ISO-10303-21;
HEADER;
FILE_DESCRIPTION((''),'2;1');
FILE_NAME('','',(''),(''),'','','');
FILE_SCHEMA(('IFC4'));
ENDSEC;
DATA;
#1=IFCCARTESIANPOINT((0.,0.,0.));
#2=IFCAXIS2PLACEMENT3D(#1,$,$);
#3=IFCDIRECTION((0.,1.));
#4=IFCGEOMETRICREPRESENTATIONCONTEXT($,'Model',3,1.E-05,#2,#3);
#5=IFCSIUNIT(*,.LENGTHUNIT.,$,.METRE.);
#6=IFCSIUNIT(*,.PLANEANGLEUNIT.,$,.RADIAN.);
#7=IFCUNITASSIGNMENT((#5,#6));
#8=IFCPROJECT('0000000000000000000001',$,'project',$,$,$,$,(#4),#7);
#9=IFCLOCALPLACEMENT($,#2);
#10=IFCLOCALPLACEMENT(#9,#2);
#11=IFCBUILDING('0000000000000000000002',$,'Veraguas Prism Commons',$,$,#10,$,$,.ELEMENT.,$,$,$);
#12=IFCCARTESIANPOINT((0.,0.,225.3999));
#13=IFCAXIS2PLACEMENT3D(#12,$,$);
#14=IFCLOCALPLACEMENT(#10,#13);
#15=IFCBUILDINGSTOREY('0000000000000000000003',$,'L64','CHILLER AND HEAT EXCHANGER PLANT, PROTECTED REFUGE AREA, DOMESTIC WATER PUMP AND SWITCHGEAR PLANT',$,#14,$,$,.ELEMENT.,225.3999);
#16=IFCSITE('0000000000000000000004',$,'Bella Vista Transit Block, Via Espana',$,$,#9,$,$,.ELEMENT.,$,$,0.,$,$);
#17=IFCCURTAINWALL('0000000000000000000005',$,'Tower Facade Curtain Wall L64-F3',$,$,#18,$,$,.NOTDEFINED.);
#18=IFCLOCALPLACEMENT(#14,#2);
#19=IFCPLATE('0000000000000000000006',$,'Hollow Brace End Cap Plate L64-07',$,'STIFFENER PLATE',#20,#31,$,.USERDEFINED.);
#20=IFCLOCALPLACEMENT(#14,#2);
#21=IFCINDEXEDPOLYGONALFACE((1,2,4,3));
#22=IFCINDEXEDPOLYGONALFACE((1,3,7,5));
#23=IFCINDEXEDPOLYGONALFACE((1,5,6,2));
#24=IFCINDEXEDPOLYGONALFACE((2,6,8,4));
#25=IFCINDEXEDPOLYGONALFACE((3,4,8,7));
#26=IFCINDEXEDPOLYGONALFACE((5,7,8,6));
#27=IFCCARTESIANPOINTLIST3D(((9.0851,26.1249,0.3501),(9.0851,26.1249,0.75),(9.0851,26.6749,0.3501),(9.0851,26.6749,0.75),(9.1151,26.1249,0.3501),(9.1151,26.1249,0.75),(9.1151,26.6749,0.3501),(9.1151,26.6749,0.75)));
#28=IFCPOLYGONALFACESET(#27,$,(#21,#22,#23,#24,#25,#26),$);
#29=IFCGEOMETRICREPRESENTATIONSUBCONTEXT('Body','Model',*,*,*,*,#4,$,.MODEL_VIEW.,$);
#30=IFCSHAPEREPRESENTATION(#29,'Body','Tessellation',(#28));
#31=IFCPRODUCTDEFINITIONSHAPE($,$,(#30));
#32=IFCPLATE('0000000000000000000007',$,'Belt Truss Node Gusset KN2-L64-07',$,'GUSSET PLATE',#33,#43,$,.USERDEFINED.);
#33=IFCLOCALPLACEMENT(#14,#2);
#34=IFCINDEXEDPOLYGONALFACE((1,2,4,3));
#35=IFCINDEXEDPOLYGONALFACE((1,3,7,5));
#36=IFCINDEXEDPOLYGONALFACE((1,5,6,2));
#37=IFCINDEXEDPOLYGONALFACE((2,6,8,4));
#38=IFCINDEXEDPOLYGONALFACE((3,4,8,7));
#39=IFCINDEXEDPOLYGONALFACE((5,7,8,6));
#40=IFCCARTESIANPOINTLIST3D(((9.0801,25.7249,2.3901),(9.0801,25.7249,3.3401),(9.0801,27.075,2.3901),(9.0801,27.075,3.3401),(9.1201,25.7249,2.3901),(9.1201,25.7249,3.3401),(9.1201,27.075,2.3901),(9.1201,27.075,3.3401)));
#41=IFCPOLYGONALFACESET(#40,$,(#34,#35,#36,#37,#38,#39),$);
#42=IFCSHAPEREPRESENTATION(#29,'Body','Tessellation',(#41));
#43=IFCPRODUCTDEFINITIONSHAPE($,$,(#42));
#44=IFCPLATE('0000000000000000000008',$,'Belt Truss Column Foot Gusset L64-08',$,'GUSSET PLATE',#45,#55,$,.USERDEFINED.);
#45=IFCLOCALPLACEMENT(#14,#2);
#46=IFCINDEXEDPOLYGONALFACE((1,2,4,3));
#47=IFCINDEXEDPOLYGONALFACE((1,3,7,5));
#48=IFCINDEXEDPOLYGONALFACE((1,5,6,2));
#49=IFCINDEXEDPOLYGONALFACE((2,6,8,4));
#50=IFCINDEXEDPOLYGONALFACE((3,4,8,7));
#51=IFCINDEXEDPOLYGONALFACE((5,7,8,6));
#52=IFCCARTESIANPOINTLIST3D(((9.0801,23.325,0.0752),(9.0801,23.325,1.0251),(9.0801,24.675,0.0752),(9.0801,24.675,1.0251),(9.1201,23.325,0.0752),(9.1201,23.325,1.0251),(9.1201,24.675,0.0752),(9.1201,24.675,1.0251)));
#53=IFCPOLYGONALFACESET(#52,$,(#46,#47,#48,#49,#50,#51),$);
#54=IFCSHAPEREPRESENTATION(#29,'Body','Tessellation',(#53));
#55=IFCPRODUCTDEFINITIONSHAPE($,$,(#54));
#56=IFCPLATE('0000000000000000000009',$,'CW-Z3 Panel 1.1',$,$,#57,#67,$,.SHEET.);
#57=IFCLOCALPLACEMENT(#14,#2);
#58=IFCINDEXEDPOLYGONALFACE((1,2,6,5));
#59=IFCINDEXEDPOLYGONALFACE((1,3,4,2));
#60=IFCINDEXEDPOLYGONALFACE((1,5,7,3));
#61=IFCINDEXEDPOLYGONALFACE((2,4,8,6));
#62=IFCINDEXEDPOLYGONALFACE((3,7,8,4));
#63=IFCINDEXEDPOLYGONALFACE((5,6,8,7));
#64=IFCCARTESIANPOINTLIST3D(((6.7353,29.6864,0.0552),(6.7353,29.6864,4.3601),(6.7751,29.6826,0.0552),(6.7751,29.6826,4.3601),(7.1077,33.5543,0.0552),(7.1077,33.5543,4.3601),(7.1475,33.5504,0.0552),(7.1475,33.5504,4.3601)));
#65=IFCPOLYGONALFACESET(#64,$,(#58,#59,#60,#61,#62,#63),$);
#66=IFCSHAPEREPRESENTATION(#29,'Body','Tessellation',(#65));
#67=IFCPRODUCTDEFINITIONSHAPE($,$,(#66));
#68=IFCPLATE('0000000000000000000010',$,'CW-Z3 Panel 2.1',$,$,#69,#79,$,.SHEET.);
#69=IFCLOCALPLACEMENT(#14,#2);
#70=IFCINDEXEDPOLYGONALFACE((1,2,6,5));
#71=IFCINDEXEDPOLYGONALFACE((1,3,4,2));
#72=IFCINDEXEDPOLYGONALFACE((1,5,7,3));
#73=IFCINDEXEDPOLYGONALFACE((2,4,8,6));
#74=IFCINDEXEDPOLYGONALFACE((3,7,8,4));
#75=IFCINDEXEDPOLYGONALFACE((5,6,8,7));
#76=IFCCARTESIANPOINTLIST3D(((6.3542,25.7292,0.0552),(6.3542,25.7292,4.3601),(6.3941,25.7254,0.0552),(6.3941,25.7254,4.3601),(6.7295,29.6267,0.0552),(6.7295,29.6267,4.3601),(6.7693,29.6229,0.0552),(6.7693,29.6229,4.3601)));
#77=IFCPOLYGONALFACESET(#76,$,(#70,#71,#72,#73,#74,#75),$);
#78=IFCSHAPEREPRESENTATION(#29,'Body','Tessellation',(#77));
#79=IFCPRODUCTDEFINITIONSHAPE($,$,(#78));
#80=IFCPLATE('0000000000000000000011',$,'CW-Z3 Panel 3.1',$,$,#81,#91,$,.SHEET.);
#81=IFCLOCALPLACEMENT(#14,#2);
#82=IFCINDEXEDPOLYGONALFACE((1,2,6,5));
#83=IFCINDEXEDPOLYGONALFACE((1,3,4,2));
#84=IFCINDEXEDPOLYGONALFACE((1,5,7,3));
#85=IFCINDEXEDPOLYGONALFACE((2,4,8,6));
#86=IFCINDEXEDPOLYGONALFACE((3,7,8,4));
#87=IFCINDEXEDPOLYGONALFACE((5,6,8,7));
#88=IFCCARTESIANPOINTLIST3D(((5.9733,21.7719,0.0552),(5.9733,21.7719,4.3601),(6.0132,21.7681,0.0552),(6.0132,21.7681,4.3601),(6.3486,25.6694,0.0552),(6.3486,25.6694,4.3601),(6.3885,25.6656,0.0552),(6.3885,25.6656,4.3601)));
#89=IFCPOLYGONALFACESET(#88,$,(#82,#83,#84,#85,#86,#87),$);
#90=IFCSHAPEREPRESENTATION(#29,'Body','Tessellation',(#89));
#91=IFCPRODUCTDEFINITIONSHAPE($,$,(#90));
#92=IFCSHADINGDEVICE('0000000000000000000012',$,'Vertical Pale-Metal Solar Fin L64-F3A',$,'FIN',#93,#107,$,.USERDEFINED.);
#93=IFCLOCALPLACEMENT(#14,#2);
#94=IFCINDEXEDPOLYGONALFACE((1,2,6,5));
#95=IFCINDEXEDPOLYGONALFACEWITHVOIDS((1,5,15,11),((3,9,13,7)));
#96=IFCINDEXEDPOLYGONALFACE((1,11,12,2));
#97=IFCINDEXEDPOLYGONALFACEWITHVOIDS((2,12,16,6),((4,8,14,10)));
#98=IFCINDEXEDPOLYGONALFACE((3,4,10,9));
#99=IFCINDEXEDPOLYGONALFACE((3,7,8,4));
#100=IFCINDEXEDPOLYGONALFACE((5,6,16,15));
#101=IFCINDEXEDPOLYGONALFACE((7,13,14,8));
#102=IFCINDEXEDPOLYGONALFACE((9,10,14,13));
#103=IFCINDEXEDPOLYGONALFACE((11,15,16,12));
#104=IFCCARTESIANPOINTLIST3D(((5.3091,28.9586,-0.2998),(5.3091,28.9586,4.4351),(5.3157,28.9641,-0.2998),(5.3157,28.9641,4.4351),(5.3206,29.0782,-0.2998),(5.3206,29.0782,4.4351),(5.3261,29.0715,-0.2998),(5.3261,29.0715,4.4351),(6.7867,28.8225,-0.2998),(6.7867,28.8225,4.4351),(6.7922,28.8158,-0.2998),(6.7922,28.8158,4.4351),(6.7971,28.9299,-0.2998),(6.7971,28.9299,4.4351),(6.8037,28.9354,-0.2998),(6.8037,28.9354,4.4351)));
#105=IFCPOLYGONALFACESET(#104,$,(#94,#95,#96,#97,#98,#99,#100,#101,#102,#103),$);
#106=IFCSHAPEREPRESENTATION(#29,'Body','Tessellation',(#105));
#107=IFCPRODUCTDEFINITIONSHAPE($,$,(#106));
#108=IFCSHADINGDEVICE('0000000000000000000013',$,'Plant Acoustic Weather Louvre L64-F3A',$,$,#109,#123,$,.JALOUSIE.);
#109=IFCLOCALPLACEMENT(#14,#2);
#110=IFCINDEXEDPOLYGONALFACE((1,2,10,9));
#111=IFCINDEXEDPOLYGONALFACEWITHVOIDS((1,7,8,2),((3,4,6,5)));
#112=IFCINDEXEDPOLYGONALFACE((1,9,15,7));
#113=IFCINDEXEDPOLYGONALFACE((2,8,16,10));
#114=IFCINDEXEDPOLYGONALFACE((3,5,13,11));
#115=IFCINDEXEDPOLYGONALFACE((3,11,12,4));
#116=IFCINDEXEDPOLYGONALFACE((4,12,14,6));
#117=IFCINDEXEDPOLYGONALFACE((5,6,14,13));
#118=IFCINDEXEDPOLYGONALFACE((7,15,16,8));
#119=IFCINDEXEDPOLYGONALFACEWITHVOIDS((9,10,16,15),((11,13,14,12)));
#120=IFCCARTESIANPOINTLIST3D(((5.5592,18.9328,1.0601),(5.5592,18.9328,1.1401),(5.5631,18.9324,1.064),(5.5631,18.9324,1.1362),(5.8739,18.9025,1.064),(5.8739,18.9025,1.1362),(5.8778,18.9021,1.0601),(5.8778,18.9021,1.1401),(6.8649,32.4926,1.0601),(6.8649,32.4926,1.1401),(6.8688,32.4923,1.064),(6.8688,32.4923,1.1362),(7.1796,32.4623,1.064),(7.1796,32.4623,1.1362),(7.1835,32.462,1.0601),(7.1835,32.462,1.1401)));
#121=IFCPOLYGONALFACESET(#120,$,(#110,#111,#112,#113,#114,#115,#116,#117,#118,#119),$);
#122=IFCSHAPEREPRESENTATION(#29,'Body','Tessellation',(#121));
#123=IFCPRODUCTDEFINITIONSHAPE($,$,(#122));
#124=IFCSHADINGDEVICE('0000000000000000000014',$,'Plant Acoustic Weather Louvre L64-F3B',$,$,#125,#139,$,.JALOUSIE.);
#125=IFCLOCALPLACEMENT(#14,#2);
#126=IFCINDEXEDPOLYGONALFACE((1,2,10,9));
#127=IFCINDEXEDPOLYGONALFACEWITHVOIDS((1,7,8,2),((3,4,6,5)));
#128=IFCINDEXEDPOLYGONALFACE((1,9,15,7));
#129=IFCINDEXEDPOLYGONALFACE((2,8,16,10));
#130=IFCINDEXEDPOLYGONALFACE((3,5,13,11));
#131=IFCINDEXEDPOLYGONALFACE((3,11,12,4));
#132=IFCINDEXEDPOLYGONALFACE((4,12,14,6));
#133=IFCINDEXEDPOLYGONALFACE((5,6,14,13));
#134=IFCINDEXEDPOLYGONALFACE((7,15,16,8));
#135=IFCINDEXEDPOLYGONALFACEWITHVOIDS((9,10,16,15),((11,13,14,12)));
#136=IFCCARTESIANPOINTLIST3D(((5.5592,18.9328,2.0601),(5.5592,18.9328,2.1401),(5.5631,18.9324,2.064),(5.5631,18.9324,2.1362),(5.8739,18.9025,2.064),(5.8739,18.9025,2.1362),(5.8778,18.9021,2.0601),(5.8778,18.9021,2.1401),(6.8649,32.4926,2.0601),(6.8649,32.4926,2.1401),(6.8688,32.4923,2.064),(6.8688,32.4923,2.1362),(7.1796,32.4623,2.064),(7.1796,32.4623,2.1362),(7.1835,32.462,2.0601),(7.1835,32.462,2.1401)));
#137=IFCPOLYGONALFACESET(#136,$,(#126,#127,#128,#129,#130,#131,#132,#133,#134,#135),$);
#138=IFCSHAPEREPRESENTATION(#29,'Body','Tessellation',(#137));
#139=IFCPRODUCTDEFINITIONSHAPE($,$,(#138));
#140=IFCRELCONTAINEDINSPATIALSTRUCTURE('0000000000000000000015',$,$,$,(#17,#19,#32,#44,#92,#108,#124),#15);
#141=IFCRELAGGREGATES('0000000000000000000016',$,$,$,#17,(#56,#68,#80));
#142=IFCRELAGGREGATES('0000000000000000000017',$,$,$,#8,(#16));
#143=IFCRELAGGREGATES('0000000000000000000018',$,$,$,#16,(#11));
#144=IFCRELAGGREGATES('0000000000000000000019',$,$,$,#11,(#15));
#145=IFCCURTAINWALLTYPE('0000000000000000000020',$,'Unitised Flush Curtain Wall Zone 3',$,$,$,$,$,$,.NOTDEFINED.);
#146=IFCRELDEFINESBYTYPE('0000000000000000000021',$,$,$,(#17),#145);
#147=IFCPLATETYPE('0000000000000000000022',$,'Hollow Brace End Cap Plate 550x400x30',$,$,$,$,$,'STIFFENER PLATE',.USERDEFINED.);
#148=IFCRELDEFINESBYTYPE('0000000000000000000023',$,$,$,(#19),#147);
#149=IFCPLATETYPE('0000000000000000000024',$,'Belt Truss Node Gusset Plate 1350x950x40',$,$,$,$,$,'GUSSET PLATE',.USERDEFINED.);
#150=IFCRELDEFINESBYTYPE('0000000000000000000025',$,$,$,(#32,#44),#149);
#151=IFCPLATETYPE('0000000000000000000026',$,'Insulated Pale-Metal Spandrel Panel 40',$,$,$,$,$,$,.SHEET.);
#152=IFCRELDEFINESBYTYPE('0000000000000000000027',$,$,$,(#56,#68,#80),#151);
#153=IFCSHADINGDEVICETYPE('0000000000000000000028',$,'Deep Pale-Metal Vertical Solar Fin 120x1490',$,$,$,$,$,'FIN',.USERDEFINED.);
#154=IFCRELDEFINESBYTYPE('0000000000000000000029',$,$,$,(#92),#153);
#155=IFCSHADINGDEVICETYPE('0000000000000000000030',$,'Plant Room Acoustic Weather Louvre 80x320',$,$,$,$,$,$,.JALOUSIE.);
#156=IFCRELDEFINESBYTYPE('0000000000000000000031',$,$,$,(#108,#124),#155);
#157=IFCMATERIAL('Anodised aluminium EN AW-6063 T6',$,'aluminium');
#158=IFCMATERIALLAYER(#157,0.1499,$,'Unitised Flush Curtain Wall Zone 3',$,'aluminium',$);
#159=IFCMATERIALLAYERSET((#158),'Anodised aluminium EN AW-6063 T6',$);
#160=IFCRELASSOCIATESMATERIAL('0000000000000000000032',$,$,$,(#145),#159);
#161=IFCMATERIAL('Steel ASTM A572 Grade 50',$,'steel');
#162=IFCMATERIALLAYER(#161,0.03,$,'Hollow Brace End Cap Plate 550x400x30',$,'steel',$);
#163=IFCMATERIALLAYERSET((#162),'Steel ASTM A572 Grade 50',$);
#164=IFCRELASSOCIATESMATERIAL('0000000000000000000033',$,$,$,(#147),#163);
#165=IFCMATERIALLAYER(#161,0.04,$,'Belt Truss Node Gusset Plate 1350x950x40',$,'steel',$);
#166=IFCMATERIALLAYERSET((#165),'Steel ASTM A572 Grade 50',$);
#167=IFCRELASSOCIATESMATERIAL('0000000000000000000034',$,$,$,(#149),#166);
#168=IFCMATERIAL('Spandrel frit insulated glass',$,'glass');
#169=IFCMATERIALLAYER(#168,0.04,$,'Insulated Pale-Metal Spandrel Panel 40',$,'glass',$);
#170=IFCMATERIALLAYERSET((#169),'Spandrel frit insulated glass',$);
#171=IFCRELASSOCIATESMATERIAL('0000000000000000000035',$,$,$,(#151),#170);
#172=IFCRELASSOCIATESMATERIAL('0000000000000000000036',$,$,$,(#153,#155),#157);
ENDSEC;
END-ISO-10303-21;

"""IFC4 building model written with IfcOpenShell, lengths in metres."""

from ifc_helpers import new_model, si_unit, direction, frame, origin, origin_2d, place, context, subcontext, project, spatial, rectangle, hollow_rectangle, extrude, source, transform, mapped, material, layer, layer_set, material_profile, profile_set, type_object, element, aggregate, save


model = new_model("IFC4")

# Units and contexts
model_context = context("Model", 3, precision=1e-05, world=origin(), true_north=direction((0.0, 1.0)))
body_context = subcontext(model_context, "Body", "Model", "MODEL_VIEW")
ifc_project = project(units=[si_unit("LENGTHUNIT", "METRE"), si_unit("PLANEANGLEUNIT", "RADIAN")], contexts=[model_context])

# Site, building, storey
site_placement = place(None, origin())
site = spatial("IfcSite", under=ifc_project, at=site_placement, Name="Bella Vista Transit Block, Via Espana", CompositionType="ELEMENT", RefElevation=0.0)
building_placement = place(site_placement, origin())
building = spatial("IfcBuilding", under=site, at=building_placement, Name="Veraguas Prism Commons", CompositionType="ELEMENT")
storey_placement = place(building_placement, frame((0.0, 0.0, 225.3999)))
storey = spatial("IfcBuildingStorey", under=building, at=storey_placement, Name="L64", Description="CHILLER AND HEAT EXCHANGER PLANT, PROTECTED REFUGE AREA, DOMESTIC WATER PUMP AND SWITCHGEAR PLANT", CompositionType="ELEMENT", Elevation=225.3999)

# Curtain wall
ifc_material_1 = material(Name="Anodised aluminium EN AW-6063 T6", Category="aluminium")
ifc_layer_1 = layer(ifc_material_1, 0.1499, Name="Unitised Flush Curtain Wall Zone 3", Category="aluminium")
ifc_layer_set_1 = layer_set([ifc_layer_1], Name="Anodised aluminium EN AW-6063 T6")
curtain_wall_type = type_object("IfcCurtainWallType", Name="Unitised Flush Curtain Wall Zone 3", PredefinedType="NOTDEFINED", material=ifc_layer_set_1)
curtain_wall_placement = place(storey_placement, origin())
curtain_wall = element("IfcCurtainWall", 1, at=curtain_wall_placement, inside=storey, type_object=curtain_wall_type, Name="Tower Facade Curtain Wall L64-F3", PredefinedType="NOTDEFINED")

# Plates
ifc_material_2 = material(Name="Steel ASTM A572 Grade 50", Category="steel")
ifc_layer_2 = layer(ifc_material_2, 0.03, Name="Hollow Brace End Cap Plate 550x400x30", Category="steel")
ifc_layer_set_2 = layer_set([ifc_layer_2], Name="Steel ASTM A572 Grade 50")
plate_type_1 = type_object("IfcPlateType", Name="Hollow Brace End Cap Plate 550x400x30", ElementType="STIFFENER PLATE", PredefinedType="USERDEFINED", material=ifc_layer_set_2)
shared_shape_1 = source(origin(), body_context, "Body", "SweptSolid", [
    extrude(rectangle(XDim=0.55, YDim=0.03, at=origin_2d()), origin(), (0.0, 0.0, 1.0), 0.3999),
])
plate_1_placement = place(storey_placement, frame((9.1001, 26.3999, 0.3501), z_axis=(0.0, 0.0, 1.0), x_axis=(0.0, -1.0, 0.0)))
element("IfcPlate", 2, at=plate_1_placement, inside=storey, type_object=plate_type_1, Name="Hollow Brace End Cap Plate L64-07", ObjectType="STIFFENER PLATE", PredefinedType="USERDEFINED", context=body_context, shape_type="MappedRepresentation", body=[
    mapped(shared_shape_1, transform((0.0, 0.0, 0.0), scale=1.0)),
])
ifc_layer_3 = layer(ifc_material_2, 0.04, Name="Belt Truss Node Gusset Plate 1350x950x40", Category="steel")
ifc_layer_set_3 = layer_set([ifc_layer_3], Name="Steel ASTM A572 Grade 50")
plate_type_2 = type_object("IfcPlateType", Name="Belt Truss Node Gusset Plate 1350x950x40", ElementType="GUSSET PLATE", PredefinedType="USERDEFINED", material=ifc_layer_set_3)
shared_shape_2 = source(origin(), body_context, "Body", "SweptSolid", [
    extrude(rectangle(XDim=1.3501, YDim=0.04, at=origin_2d()), origin(), (0.0, 0.0, 1.0), 0.95),
])
for number, where, z_axis, x_axis, name in (
    (3, (9.1001, 26.3999, 2.3901), (0.0, 0.0, 1.0), (0.0, -1.0, 0.0), "Belt Truss Node Gusset KN2-L64-07"),
    (4, (9.1001, 24.0, 0.0752), (0.0, 0.0, 1.0), (0.0, -1.0, 0.0), "Belt Truss Column Foot Gusset L64-08"),
):
    element("IfcPlate", number, at=place(storey_placement, frame(where, z_axis=z_axis, x_axis=x_axis)), inside=storey, type_object=plate_type_2, Name=name, ObjectType="GUSSET PLATE", PredefinedType="USERDEFINED", context=body_context, shape_type="MappedRepresentation", body=[
        mapped(shared_shape_2, transform((0.0, 0.0, 0.0), scale=1.0)),
    ])

# Plates
ifc_material_3 = material(Name="Spandrel frit insulated glass", Category="glass")
ifc_layer_4 = layer(ifc_material_3, 0.04, Name="Insulated Pale-Metal Spandrel Panel 40", Category="glass")
ifc_layer_set_4 = layer_set([ifc_layer_4], Name="Spandrel frit insulated glass")
plate_type_3 = type_object("IfcPlateType", Name="Insulated Pale-Metal Spandrel Panel 40", PredefinedType="SHEET", material=ifc_layer_set_4)
shared_shape_3 = source(origin(), body_context, "Body", "SweptSolid", [
    extrude(rectangle(XDim=3.8857, YDim=0.04, at=origin_2d()), origin(), (0.0, 0.0, 1.0), 4.3049),
])
plate_2_placement = place(storey_placement, frame((6.9414, 31.6184, 0.0552), z_axis=(0.0, 0.0, 1.0), x_axis=(-0.095841, -0.995397, 0.0)))
plate_2 = element("IfcPlate", 5, at=plate_2_placement, type_object=plate_type_3, Name="CW-Z3 Panel 1.1", PredefinedType="SHEET", context=body_context, shape_type="MappedRepresentation", body=[
    mapped(shared_shape_3, transform((0.0, 0.0, 0.0), scale=1.0)),
])
shared_shape_4 = source(origin(), body_context, "Body", "SweptSolid", [
    extrude(rectangle(XDim=3.9155, YDim=0.04, at=origin_2d()), origin(), (0.0, 0.0, 1.0), 4.3049),
])
plate_3_placement = place(storey_placement, frame((6.5618, 27.676, 0.0552), z_axis=(0.0, 0.0, 1.0), x_axis=(-0.095841, -0.995397, 0.0)))
plate_3 = element("IfcPlate", 6, at=plate_3_placement, type_object=plate_type_3, Name="CW-Z3 Panel 2.1", PredefinedType="SHEET", context=body_context, shape_type="MappedRepresentation", body=[
    mapped(shared_shape_4, transform((0.0, 0.0, 0.0), scale=1.0)),
])
plate_4_placement = place(storey_placement, frame((6.1809, 23.7188, 0.0552), z_axis=(0.0, 0.0, 1.0), x_axis=(-0.095841, -0.995397, 0.0)))
plate_4 = element("IfcPlate", 7, at=plate_4_placement, type_object=plate_type_3, Name="CW-Z3 Panel 3.1", PredefinedType="SHEET", context=body_context, shape_type="MappedRepresentation", body=[
    mapped(shared_shape_4, transform((0.0, 0.0, 0.0), scale=1.0)),
])
aggregate(curtain_wall, [plate_2, plate_3, plate_4])

# Shading devices
ifc_material_profile_1 = material_profile(ifc_material_1, hollow_rectangle(XDim=0.1201, YDim=1.49, WallThickness=0.0061, at=origin_2d()), Name="FIN120X1490X6")
ifc_profile_set_1 = profile_set([ifc_material_profile_1], Name="Anodised aluminium EN AW-6063 T6")
shading_device_type_1 = type_object("IfcShadingDeviceType", Name="Deep Pale-Metal Vertical Solar Fin 120x1490", ElementType="FIN", PredefinedType="USERDEFINED", material=ifc_profile_set_1)
shading_device_placement = place(storey_placement, frame((6.0564, 28.947, -0.2998), z_axis=(0.0, 0.0, 1.0), x_axis=(-0.095847, -0.995396, 0.0)))
element("IfcShadingDevice", 8, at=shading_device_placement, inside=storey, type_object=shading_device_type_1, Name="Vertical Pale-Metal Solar Fin L64-F3A", ObjectType="FIN", PredefinedType="USERDEFINED", context=body_context, shape_type="SweptSolid", body=[
    extrude(hollow_rectangle(XDim=0.1201, YDim=1.49, WallThickness=0.0061, at=origin_2d()), origin(), (0.0, 0.0, 1.0), 4.7349),
])
ifc_material_profile_2 = material_profile(ifc_material_1, hollow_rectangle(XDim=0.0801, YDim=0.3201, WallThickness=0.0039, at=origin_2d()), Name="LVR80X320X4")
ifc_profile_set_2 = profile_set([ifc_material_profile_2], Name="Anodised aluminium EN AW-6063 T6")
shading_device_type_2 = type_object("IfcShadingDeviceType", Name="Plant Room Acoustic Weather Louvre 80x320", PredefinedType="JALOUSIE", material=ifc_profile_set_2)
for number, where, z_axis, x_axis, name in (
    (9, (7.0242, 32.4773, 1.1001), (-0.095846, -0.995396, 0.0), (0.0, 0.0, 1.0), "Plant Acoustic Weather Louvre L64-F3A"),
    (10, (7.0242, 32.4773, 2.1001), (-0.095846, -0.995396, 0.0), (0.0, 0.0, 1.0), "Plant Acoustic Weather Louvre L64-F3B"),
):
    element("IfcShadingDevice", number, at=place(storey_placement, frame(where, z_axis=z_axis, x_axis=x_axis)), inside=storey, type_object=shading_device_type_2, Name=name, PredefinedType="JALOUSIE", context=body_context, shape_type="SweptSolid", body=[
        extrude(hollow_rectangle(XDim=0.0801, YDim=0.3201, WallThickness=0.0039, at=origin_2d()), origin(), (0.0, 0.0, 1.0), 13.6226),
    ])

save(model, "model.ifc")
